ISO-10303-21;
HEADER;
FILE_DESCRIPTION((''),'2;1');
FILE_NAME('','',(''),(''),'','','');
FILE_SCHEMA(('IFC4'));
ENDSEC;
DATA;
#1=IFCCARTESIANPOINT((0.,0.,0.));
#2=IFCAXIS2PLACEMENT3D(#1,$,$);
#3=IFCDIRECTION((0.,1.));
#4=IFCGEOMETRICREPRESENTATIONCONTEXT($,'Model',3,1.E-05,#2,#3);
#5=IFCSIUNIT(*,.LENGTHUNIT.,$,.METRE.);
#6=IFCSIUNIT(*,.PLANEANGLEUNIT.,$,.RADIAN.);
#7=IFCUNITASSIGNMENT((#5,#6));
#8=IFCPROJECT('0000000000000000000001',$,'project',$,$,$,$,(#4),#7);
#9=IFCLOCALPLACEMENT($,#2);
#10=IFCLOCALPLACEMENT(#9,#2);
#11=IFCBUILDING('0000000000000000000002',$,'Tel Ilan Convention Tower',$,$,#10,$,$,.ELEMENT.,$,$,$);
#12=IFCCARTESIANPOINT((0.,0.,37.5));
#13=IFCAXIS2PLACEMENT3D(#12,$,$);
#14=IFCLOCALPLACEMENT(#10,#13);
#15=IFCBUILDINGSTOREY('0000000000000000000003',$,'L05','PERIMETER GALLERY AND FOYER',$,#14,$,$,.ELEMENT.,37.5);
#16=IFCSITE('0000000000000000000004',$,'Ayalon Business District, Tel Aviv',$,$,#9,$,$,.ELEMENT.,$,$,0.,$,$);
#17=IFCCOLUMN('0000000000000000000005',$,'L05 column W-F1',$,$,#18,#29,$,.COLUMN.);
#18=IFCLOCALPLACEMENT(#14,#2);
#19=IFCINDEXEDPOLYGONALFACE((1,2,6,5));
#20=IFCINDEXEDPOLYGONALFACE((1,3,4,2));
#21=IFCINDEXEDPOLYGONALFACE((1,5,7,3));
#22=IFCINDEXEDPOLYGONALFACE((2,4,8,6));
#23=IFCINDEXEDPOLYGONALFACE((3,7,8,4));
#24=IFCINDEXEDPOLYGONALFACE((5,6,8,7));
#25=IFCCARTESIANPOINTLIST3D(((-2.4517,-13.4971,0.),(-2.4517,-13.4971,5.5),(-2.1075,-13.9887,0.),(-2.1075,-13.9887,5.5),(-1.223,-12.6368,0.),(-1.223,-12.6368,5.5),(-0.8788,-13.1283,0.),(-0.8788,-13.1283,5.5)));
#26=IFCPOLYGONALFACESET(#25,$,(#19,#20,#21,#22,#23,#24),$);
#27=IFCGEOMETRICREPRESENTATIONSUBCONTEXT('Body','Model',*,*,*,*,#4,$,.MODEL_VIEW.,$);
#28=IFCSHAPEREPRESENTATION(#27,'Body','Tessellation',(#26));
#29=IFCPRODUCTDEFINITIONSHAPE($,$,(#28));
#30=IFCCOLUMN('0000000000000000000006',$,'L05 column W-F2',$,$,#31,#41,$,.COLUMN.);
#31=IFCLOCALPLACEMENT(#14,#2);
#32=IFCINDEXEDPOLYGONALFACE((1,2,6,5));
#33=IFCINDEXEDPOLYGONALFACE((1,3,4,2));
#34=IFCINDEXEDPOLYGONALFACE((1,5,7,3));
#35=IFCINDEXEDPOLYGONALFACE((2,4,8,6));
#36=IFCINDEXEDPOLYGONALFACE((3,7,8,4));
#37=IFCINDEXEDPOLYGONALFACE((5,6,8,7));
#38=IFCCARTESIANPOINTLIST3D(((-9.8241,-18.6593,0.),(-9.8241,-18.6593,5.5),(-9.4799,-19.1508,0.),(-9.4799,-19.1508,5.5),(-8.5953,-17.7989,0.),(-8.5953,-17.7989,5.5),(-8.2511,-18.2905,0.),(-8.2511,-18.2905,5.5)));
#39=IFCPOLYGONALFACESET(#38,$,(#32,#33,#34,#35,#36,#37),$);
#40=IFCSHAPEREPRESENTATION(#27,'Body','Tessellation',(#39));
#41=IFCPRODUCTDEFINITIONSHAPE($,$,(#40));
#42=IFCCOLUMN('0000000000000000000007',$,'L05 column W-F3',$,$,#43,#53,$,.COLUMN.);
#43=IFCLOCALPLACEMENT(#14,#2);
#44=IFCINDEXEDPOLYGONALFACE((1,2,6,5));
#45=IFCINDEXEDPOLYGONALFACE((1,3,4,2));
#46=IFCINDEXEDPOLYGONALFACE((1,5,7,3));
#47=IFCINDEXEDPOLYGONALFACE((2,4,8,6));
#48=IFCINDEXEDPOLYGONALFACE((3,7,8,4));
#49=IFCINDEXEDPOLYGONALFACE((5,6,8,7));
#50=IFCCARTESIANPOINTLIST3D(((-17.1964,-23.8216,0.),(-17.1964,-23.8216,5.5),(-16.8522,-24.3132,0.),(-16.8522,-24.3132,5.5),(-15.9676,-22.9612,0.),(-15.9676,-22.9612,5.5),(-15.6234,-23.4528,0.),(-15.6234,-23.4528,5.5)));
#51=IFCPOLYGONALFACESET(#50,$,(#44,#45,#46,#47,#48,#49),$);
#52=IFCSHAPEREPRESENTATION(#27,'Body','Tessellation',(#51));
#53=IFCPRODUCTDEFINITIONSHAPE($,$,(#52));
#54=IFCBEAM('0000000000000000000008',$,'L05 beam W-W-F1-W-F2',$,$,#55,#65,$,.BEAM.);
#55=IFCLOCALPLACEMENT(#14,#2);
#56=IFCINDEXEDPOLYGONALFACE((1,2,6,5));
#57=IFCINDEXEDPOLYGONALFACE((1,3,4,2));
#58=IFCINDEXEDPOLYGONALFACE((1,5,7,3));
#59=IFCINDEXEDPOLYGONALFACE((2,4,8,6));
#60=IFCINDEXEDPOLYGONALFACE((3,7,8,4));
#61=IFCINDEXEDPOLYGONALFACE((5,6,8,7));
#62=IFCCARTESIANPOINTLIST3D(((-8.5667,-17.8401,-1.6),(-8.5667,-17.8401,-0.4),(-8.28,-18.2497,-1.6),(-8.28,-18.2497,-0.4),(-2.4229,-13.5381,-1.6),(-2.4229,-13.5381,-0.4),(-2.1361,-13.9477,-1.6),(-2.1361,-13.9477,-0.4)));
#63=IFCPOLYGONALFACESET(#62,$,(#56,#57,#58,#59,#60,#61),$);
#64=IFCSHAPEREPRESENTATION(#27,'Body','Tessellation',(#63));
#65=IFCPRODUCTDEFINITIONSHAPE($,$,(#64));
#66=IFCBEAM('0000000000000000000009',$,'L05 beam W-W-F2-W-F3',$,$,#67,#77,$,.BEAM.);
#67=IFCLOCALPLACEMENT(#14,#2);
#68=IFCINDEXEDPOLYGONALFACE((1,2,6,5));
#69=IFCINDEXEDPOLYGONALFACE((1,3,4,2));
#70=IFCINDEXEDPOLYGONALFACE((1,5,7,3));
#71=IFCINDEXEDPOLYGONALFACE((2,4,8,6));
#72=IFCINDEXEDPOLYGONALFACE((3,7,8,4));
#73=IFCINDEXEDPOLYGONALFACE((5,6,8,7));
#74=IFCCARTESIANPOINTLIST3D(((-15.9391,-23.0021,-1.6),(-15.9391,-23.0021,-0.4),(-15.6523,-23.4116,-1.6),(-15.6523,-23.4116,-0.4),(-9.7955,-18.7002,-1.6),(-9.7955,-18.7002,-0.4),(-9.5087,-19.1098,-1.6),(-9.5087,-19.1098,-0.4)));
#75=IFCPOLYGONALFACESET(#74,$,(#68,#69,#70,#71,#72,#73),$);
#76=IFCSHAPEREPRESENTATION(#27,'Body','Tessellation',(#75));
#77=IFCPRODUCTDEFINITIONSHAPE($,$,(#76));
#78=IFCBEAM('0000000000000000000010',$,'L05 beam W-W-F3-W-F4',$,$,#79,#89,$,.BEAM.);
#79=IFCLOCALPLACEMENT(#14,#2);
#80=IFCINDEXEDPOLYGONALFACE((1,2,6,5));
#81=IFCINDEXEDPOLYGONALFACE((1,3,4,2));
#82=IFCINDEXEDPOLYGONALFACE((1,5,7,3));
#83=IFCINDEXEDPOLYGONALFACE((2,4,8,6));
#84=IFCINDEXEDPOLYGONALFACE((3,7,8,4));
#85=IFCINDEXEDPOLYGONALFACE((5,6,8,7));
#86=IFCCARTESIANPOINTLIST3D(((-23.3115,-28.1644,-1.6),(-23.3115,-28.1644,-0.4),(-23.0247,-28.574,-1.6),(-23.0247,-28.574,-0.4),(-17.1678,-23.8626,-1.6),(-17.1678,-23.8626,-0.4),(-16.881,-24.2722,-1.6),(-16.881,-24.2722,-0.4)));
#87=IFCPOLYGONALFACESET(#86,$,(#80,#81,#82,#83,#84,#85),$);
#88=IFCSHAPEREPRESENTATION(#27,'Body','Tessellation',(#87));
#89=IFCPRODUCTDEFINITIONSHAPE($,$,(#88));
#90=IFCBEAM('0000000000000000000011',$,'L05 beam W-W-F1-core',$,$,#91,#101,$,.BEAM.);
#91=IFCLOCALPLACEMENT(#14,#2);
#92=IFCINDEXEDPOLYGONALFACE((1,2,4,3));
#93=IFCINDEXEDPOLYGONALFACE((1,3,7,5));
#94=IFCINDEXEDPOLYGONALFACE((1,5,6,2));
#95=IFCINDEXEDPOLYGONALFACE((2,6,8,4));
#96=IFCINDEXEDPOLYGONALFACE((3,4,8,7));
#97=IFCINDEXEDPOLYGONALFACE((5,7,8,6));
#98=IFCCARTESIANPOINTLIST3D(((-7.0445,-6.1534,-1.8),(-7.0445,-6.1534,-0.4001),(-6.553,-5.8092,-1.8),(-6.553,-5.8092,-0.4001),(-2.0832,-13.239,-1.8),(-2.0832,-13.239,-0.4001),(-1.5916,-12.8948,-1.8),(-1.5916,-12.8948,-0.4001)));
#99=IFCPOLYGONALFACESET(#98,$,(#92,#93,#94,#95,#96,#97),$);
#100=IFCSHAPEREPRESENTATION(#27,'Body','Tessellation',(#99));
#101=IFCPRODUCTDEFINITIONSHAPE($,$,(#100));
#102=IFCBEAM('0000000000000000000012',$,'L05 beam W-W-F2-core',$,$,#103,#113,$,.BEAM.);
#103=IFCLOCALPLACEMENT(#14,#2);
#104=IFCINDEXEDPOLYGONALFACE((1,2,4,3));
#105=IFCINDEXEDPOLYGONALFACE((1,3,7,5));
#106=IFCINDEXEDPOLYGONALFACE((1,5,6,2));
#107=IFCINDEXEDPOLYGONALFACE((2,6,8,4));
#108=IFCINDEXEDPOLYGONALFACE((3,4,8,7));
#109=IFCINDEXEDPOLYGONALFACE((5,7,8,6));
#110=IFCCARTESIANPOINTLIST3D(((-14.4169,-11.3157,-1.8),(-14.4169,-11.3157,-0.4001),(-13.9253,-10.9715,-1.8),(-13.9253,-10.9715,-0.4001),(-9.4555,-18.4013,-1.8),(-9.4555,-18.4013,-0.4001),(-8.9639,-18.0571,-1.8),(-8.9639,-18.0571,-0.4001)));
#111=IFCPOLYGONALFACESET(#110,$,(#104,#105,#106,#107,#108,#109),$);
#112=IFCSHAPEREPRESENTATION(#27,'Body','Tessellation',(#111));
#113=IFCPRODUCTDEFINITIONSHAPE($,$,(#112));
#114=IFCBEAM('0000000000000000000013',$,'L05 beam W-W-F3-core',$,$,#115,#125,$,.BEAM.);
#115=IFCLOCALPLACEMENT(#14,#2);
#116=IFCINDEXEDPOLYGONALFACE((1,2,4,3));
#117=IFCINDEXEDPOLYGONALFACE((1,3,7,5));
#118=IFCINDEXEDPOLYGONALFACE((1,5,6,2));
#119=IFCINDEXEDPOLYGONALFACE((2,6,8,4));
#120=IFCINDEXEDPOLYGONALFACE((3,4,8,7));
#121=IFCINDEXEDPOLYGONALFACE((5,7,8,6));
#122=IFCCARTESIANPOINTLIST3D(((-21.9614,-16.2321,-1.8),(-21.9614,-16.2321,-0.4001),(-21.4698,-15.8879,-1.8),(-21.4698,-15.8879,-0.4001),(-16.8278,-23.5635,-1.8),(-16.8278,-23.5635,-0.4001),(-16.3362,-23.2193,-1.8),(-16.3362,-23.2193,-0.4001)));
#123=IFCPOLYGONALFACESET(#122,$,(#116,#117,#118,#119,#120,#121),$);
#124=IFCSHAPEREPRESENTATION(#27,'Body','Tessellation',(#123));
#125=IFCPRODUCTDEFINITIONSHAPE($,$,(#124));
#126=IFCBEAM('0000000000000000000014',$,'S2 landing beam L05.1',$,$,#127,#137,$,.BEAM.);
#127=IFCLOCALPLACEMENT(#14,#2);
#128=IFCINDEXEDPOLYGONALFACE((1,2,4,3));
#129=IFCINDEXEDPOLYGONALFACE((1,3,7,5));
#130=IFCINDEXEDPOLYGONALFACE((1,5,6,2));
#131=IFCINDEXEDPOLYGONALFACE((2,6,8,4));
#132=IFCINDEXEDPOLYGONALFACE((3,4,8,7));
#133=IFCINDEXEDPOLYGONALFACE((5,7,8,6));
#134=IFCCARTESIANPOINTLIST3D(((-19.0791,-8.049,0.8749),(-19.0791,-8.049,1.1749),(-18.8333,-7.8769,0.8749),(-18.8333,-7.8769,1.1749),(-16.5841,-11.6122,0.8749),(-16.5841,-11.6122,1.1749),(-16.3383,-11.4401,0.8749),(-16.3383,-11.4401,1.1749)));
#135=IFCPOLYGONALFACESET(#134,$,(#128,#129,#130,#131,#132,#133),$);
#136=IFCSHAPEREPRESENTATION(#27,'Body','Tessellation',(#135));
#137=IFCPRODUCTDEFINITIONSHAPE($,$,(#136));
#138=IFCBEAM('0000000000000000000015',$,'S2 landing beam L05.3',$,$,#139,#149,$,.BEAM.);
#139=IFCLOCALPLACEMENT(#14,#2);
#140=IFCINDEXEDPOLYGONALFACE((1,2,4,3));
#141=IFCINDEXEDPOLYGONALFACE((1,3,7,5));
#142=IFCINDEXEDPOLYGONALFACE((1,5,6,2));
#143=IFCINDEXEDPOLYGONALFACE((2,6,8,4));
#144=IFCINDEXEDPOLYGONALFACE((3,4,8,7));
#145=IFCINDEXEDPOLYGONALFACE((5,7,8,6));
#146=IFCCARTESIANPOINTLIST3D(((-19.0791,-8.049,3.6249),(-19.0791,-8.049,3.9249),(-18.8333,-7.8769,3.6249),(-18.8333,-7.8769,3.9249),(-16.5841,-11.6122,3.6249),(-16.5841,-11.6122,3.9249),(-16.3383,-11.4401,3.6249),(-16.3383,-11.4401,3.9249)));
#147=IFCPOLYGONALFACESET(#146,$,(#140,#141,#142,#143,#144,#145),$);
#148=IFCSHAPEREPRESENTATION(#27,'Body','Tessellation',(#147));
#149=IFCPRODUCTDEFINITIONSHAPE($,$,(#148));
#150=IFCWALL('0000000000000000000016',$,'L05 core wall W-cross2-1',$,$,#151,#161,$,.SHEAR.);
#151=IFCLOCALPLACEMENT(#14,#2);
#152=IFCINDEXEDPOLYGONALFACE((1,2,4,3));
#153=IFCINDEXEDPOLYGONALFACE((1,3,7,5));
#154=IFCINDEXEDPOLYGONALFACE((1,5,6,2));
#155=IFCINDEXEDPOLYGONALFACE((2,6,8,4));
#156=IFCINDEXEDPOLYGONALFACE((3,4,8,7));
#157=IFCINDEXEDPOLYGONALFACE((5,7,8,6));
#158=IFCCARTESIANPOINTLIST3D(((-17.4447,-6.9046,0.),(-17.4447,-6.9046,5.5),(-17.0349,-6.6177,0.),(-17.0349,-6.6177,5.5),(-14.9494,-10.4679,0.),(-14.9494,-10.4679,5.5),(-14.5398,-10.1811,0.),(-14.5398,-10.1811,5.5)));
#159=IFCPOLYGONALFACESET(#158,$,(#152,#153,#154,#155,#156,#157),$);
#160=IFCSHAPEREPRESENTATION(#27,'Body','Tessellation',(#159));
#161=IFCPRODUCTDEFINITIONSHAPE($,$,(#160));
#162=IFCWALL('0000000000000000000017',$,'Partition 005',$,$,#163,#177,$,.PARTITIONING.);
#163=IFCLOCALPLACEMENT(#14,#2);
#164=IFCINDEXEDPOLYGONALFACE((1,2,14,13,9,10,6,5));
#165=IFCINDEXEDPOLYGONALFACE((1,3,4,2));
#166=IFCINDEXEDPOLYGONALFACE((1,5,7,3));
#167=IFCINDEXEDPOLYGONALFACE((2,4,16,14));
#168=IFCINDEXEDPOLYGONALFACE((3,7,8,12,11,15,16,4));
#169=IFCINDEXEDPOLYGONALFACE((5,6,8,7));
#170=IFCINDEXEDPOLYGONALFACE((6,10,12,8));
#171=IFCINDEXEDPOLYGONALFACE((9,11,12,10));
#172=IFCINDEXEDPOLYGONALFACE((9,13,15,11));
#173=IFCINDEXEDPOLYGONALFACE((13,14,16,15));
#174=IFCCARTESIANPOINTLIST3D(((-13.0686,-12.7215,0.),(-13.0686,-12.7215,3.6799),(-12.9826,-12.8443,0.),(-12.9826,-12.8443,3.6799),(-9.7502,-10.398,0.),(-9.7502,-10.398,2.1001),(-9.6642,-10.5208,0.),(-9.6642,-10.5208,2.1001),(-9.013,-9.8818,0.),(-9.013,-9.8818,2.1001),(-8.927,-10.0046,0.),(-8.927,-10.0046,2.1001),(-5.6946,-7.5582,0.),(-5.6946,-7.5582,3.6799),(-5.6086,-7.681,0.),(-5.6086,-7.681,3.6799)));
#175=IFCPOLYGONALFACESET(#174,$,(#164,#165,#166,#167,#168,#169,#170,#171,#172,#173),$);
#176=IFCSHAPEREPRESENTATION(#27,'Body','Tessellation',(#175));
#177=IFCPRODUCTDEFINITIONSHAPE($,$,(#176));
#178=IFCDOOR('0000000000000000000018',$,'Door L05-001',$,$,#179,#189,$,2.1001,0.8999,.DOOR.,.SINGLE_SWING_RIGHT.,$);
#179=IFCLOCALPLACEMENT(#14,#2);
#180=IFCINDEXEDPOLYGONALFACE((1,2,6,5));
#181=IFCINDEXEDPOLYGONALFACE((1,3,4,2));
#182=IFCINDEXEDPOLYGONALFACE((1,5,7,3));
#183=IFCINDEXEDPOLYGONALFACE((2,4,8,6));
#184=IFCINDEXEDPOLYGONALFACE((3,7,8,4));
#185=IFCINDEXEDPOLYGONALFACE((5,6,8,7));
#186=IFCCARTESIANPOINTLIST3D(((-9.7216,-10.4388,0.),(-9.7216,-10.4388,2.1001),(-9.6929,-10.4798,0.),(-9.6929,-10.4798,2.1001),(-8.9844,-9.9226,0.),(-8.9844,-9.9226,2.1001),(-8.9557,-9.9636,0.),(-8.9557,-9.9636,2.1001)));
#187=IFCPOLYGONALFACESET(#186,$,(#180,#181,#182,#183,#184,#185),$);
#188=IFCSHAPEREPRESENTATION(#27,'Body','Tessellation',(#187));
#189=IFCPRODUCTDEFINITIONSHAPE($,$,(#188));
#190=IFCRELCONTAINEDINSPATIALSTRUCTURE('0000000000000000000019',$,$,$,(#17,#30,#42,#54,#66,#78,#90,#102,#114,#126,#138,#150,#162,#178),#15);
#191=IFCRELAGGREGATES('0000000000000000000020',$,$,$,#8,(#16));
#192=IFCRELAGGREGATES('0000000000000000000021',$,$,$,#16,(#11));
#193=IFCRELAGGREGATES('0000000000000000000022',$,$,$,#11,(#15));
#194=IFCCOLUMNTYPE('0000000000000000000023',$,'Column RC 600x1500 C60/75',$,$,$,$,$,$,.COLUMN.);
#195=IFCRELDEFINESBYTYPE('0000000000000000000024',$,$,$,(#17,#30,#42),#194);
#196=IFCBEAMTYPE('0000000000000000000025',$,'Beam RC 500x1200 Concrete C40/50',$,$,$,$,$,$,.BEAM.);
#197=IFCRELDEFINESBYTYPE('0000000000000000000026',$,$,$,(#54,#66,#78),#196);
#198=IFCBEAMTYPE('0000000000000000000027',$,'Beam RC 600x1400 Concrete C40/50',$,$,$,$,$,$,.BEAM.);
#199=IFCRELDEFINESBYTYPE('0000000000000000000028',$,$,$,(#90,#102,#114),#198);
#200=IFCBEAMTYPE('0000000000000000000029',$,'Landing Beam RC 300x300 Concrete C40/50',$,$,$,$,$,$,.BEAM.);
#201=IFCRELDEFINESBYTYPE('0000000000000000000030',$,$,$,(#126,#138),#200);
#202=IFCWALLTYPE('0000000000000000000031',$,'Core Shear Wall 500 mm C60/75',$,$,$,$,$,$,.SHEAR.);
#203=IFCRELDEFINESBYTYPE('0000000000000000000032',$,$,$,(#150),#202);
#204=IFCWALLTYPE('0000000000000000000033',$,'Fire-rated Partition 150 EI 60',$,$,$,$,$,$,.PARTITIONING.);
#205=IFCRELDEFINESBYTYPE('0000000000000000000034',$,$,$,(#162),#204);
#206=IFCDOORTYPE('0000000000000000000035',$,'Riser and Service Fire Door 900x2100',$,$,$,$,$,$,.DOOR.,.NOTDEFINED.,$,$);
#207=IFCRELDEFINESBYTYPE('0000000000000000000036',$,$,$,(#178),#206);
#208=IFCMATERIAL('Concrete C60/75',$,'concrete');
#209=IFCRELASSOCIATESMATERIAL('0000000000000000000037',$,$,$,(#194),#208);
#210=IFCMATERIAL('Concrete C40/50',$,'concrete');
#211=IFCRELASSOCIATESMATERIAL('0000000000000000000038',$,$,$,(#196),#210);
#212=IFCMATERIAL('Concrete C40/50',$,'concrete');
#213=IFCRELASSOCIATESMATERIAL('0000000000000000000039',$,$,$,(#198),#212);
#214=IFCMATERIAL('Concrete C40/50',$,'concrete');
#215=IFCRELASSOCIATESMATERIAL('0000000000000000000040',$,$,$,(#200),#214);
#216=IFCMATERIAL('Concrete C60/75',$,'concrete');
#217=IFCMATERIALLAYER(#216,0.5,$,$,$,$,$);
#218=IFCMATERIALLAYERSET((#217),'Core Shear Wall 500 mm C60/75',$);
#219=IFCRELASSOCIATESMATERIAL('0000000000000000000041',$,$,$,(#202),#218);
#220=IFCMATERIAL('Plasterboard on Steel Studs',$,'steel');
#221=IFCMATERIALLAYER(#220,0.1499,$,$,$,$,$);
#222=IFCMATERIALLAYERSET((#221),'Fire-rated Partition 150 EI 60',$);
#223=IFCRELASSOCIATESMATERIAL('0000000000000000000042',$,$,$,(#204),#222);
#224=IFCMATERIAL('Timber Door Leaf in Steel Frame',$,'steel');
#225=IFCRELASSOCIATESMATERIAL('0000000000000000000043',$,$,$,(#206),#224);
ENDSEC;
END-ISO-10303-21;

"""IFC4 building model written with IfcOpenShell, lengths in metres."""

from ifc_helpers import new_model, si_unit, direction, frame, frame_2d, origin, origin_2d, place, context, subcontext, project, spatial, polyline, rectangle, outline, extrude, material, layer, layer_set, material_profile, profile_set, type_object, element, fill, save


model = new_model("IFC4")

# Units and contexts
model_context = context("Model", 3, precision=1e-05, world=origin(), true_north=direction((0.0, 1.0)))
body_context = subcontext(model_context, "Body", "Model", "MODEL_VIEW")
ifc_project = project(units=[si_unit("LENGTHUNIT", "METRE"), si_unit("PLANEANGLEUNIT", "RADIAN")], contexts=[model_context])

# Site, building, storey
site_placement = place(None, origin())
site = spatial("IfcSite", under=ifc_project, at=site_placement, Name="Ayalon Business District, Tel Aviv", CompositionType="ELEMENT", RefElevation=0.0)
building_placement = place(site_placement, origin())
building = spatial("IfcBuilding", under=site, at=building_placement, Name="Tel Ilan Convention Tower", CompositionType="ELEMENT")
storey_placement = place(building_placement, frame((0.0, 0.0, 37.5)))
storey = spatial("IfcBuildingStorey", under=building, at=storey_placement, Name="L05", Description="PERIMETER GALLERY AND FOYER", CompositionType="ELEMENT", Elevation=37.5)

# Columns
ifc_material_1 = material(Name="Concrete C60/75", Category="concrete")
ifc_material_profile_1 = material_profile(ifc_material_1, rectangle(XDim=1.5, YDim=0.6001, at=origin_2d()), Name="RC 600x1500")
ifc_profile_set_1 = profile_set([ifc_material_profile_1], Name="Concrete C60/75")
column_type = type_object("IfcColumnType", Name="Column RC 600x1500 C60/75", PredefinedType="COLUMN", material=ifc_profile_set_1)
for number, where, z_axis, x_axis, name in (
    (1, (-1.6653, -13.3127, 0.0), (0.0, 0.0, 1.0), (-0.819152, -0.573576, 0.0), "L05 column W-F1"),
    (2, (-9.0376, -18.4749, 0.0), (0.0, 0.0, 1.0), (-0.819152, -0.573576, 0.0), "L05 column W-F2"),
    (3, (-16.4099, -23.6372, 0.0), (0.0, 0.0, 1.0), (-0.819152, -0.573576, 0.0), "L05 column W-F3"),
):
    element("IfcColumn", number, at=place(storey_placement, frame(where, z_axis=z_axis, x_axis=x_axis)), inside=storey, type_object=column_type, Name=name, PredefinedType="COLUMN", context=body_context, shape_type="SweptSolid", body=[
        extrude(rectangle(XDim=1.5, YDim=0.6001, at=origin_2d()), origin(), (0.0, 0.0, 1.0), 5.5),
    ])

# Beams
ifc_material_2 = material(Name="Concrete C40/50", Category="concrete")
ifc_material_profile_2 = material_profile(ifc_material_2, rectangle(XDim=0.5, YDim=1.2, at=origin_2d()), Name="RC 500x1200")
ifc_profile_set_2 = profile_set([ifc_material_profile_2], Name="Concrete C40/50")
beam_type_1 = type_object("IfcBeamType", Name="Beam RC 500x1200 Concrete C40/50", PredefinedType="BEAM", material=ifc_profile_set_2)
beam_1_placement = place(storey_placement, frame((-2.2795, -13.7429, -1.0), z_axis=(-0.819148, -0.573582, 0.0), x_axis=(0.573582, -0.819148, 0.0)))
element("IfcBeam", 4, at=beam_1_placement, inside=storey, type_object=beam_type_1, Name="L05 beam W-W-F1-W-F2", PredefinedType="BEAM", context=body_context, shape_type="SweptSolid", body=[
    extrude(rectangle(XDim=0.5, YDim=1.2, at=origin_2d()), origin(), (0.0, 0.0, 1.0), 7.5002),
])
for number, where, z_axis, x_axis, name in (
    (5, (-9.6521, -18.905, -1.0), (-0.819152, -0.573576, 0.0), (0.573576, -0.819152, 0.0), "L05 beam W-W-F2-W-F3"),
    (6, (-17.0244, -24.0674, -1.0), (-0.819152, -0.573576, 0.0), (0.573576, -0.819152, 0.0), "L05 beam W-W-F3-W-F4"),
):
    element("IfcBeam", number, at=place(storey_placement, frame(where, z_axis=z_axis, x_axis=x_axis)), inside=storey, type_object=beam_type_1, Name=name, PredefinedType="BEAM", context=body_context, shape_type="SweptSolid", body=[
        extrude(rectangle(XDim=0.5, YDim=1.2, at=origin_2d()), origin(), (0.0, 0.0, 1.0), 7.5),
    ])
ifc_material_3 = material(Name="Concrete C40/50", Category="concrete")
ifc_material_profile_3 = material_profile(ifc_material_3, rectangle(XDim=0.6001, YDim=1.3999, at=origin_2d()), Name="RC 600x1400")
ifc_profile_set_3 = profile_set([ifc_material_profile_3], Name="Concrete C40/50")
beam_type_2 = type_object("IfcBeamType", Name="Beam RC 600x1400 Concrete C40/50", PredefinedType="BEAM", material=ifc_profile_set_3)
for number, where, z_axis, x_axis, name in (
    (7, (-1.8374, -13.0669, -1.1001), (-0.573574, 0.819154, 0.0), (-0.819154, -0.573574, 0.0), "L05 beam W-W-F1-core"),
    (8, (-9.2097, -18.2292, -1.1001), (-0.573574, 0.819154, 0.0), (-0.819154, -0.573574, 0.0), "L05 beam W-W-F2-core"),
):
    element("IfcBeam", number, at=place(storey_placement, frame(where, z_axis=z_axis, x_axis=x_axis)), inside=storey, type_object=beam_type_2, Name=name, PredefinedType="BEAM", context=body_context, shape_type="SweptSolid", body=[
        extrude(rectangle(XDim=0.6001, YDim=1.3999, at=origin_2d()), origin(), (0.0, 0.0, 1.0), 8.6499),
    ])
beam_2_placement = place(storey_placement, frame((-16.582, -23.3914, -1.1001), z_axis=(-0.573585, 0.819146, 0.0), x_axis=(-0.819146, -0.573585, 0.0)))
element("IfcBeam", 9, at=beam_2_placement, inside=storey, type_object=beam_type_2, Name="L05 beam W-W-F3-core", PredefinedType="BEAM", context=body_context, shape_type="SweptSolid", body=[
    extrude(rectangle(XDim=0.6001, YDim=1.3999, at=origin_2d()), origin(), (0.0, 0.0, 1.0), 8.95),
])
ifc_material_4 = material(Name="Concrete C40/50", Category="concrete")
ifc_material_profile_4 = material_profile(ifc_material_4, rectangle(XDim=0.3, YDim=0.3, at=origin_2d()), Name="RC 300x300")
ifc_profile_set_4 = profile_set([ifc_material_profile_4], Name="Concrete C40/50")
beam_type_3 = type_object("IfcBeamType", Name="Landing Beam RC 300x300 Concrete C40/50", PredefinedType="BEAM", material=ifc_profile_set_4)
for number, where, z_axis, x_axis, name in (
    (10, (-16.4612, -11.5261, 1.0249), (-0.573594, 0.81914, 0.0), (-0.81914, -0.573594, 0.0), "S2 landing beam L05.1"),
    (11, (-16.4612, -11.5261, 3.7749), (-0.573594, 0.81914, 0.0), (-0.81914, -0.573594, 0.0), "S2 landing beam L05.3"),
):
    element("IfcBeam", number, at=place(storey_placement, frame(where, z_axis=z_axis, x_axis=x_axis)), inside=storey, type_object=beam_type_3, Name=name, PredefinedType="BEAM", context=body_context, shape_type="SweptSolid", body=[
        extrude(rectangle(XDim=0.3, YDim=0.3, at=origin_2d()), origin(), (0.0, 0.0, 1.0), 4.3499),
    ])

# Wall
ifc_material_5 = material(Name="Concrete C60/75", Category="concrete")
ifc_layer_1 = layer(ifc_material_5, 0.5)
ifc_layer_set_1 = layer_set([ifc_layer_1], Name="Core Shear Wall 500 mm C60/75")
wall_type_1 = type_object("IfcWallType", Name="Core Shear Wall 500 mm C60/75", PredefinedType="SHEAR", material=ifc_layer_set_1)
wall_1_placement = place(storey_placement, frame((-14.7446, -10.3245, 0.0), z_axis=(0.0, 0.0, 1.0), x_axis=(-0.573568, 0.819158, 0.0)))
element("IfcWall", 12, at=wall_1_placement, inside=storey, type_object=wall_type_1, Name="L05 core wall W-cross2-1", PredefinedType="SHEAR", context=body_context, shape_type="SweptSolid", body=[
    extrude(outline(polyline([(4.3501, 0.2502), (0.0, 0.25), (0.0, -0.25), (4.3501, -0.25), (4.3501, 0.2502)])), origin(), (0.0, 0.0, 1.0), 5.5),
])

# Wall, opening, door
ifc_material_6 = material(Name="Plasterboard on Steel Studs", Category="steel")
ifc_layer_2 = layer(ifc_material_6, 0.1499)
ifc_layer_set_2 = layer_set([ifc_layer_2], Name="Fire-rated Partition 150 EI 60")
wall_type_2 = type_object("IfcWallType", Name="Fire-rated Partition 150 EI 60", PredefinedType="PARTITIONING", material=ifc_layer_set_2)
wall_2_placement = place(storey_placement, frame((-5.6516, -7.6196, 0.0), z_axis=(0.0, 0.0, 1.0), x_axis=(-0.819153, -0.573575, 0.0)))
wall_2 = element("IfcWall", 13, at=wall_2_placement, inside=storey, type_object=wall_type_2, Name="Partition 005", PredefinedType="PARTITIONING", context=body_context, shape_type="SweptSolid", body=[
    extrude(rectangle(XDim=9.002, YDim=0.1499, at=frame_2d((4.501, 0.0))), origin(), (0.0, 0.0, 1.0), 3.6799),
])
opening_1_placement = place(wall_2_placement, frame((4.051, 0.0, 0.0)))
opening_1 = element("IfcOpeningElement", 14, at=opening_1_placement, cuts=wall_2, PredefinedType="OPENING", context=body_context, shape_type="SweptSolid", body=[
    extrude(rectangle(XDim=0.8999, YDim=2.1001, at=frame_2d((0.45, 1.05))), frame((0.0, 0.085, 0.0), z_axis=(0.0, -1.0, 0.0), x_axis=(1.0, 0.0, 0.0)), (0.0, 0.0, 1.0), 0.1699),
])
ifc_material_7 = material(Name="Timber Door Leaf in Steel Frame", Category="steel")
door_type_1 = type_object("IfcDoorType", Name="Riser and Service Fire Door 900x2100", OperationType="NOTDEFINED", PredefinedType="DOOR", material=ifc_material_7)
door_1_placement = place(opening_1_placement, origin())
door_1 = element("IfcDoor", 15, at=door_1_placement, inside=storey, type_object=door_type_1, Name="Door L05-001", OperationType="SINGLE_SWING_RIGHT", OverallHeight=2.1001, OverallWidth=0.8999, PredefinedType="DOOR", context=body_context, shape_type="SweptSolid", body=[
    extrude(rectangle(XDim=0.8999, YDim=2.1001, at=frame_2d((0.45, 1.05))), frame((0.0, 0.0249, 0.0), z_axis=(0.0, -1.0, 0.0), x_axis=(1.0, 0.0, 0.0)), (0.0, 0.0, 1.0), 0.05),
])
fill(opening_1, door_1)

save(model, "model.ifc")
